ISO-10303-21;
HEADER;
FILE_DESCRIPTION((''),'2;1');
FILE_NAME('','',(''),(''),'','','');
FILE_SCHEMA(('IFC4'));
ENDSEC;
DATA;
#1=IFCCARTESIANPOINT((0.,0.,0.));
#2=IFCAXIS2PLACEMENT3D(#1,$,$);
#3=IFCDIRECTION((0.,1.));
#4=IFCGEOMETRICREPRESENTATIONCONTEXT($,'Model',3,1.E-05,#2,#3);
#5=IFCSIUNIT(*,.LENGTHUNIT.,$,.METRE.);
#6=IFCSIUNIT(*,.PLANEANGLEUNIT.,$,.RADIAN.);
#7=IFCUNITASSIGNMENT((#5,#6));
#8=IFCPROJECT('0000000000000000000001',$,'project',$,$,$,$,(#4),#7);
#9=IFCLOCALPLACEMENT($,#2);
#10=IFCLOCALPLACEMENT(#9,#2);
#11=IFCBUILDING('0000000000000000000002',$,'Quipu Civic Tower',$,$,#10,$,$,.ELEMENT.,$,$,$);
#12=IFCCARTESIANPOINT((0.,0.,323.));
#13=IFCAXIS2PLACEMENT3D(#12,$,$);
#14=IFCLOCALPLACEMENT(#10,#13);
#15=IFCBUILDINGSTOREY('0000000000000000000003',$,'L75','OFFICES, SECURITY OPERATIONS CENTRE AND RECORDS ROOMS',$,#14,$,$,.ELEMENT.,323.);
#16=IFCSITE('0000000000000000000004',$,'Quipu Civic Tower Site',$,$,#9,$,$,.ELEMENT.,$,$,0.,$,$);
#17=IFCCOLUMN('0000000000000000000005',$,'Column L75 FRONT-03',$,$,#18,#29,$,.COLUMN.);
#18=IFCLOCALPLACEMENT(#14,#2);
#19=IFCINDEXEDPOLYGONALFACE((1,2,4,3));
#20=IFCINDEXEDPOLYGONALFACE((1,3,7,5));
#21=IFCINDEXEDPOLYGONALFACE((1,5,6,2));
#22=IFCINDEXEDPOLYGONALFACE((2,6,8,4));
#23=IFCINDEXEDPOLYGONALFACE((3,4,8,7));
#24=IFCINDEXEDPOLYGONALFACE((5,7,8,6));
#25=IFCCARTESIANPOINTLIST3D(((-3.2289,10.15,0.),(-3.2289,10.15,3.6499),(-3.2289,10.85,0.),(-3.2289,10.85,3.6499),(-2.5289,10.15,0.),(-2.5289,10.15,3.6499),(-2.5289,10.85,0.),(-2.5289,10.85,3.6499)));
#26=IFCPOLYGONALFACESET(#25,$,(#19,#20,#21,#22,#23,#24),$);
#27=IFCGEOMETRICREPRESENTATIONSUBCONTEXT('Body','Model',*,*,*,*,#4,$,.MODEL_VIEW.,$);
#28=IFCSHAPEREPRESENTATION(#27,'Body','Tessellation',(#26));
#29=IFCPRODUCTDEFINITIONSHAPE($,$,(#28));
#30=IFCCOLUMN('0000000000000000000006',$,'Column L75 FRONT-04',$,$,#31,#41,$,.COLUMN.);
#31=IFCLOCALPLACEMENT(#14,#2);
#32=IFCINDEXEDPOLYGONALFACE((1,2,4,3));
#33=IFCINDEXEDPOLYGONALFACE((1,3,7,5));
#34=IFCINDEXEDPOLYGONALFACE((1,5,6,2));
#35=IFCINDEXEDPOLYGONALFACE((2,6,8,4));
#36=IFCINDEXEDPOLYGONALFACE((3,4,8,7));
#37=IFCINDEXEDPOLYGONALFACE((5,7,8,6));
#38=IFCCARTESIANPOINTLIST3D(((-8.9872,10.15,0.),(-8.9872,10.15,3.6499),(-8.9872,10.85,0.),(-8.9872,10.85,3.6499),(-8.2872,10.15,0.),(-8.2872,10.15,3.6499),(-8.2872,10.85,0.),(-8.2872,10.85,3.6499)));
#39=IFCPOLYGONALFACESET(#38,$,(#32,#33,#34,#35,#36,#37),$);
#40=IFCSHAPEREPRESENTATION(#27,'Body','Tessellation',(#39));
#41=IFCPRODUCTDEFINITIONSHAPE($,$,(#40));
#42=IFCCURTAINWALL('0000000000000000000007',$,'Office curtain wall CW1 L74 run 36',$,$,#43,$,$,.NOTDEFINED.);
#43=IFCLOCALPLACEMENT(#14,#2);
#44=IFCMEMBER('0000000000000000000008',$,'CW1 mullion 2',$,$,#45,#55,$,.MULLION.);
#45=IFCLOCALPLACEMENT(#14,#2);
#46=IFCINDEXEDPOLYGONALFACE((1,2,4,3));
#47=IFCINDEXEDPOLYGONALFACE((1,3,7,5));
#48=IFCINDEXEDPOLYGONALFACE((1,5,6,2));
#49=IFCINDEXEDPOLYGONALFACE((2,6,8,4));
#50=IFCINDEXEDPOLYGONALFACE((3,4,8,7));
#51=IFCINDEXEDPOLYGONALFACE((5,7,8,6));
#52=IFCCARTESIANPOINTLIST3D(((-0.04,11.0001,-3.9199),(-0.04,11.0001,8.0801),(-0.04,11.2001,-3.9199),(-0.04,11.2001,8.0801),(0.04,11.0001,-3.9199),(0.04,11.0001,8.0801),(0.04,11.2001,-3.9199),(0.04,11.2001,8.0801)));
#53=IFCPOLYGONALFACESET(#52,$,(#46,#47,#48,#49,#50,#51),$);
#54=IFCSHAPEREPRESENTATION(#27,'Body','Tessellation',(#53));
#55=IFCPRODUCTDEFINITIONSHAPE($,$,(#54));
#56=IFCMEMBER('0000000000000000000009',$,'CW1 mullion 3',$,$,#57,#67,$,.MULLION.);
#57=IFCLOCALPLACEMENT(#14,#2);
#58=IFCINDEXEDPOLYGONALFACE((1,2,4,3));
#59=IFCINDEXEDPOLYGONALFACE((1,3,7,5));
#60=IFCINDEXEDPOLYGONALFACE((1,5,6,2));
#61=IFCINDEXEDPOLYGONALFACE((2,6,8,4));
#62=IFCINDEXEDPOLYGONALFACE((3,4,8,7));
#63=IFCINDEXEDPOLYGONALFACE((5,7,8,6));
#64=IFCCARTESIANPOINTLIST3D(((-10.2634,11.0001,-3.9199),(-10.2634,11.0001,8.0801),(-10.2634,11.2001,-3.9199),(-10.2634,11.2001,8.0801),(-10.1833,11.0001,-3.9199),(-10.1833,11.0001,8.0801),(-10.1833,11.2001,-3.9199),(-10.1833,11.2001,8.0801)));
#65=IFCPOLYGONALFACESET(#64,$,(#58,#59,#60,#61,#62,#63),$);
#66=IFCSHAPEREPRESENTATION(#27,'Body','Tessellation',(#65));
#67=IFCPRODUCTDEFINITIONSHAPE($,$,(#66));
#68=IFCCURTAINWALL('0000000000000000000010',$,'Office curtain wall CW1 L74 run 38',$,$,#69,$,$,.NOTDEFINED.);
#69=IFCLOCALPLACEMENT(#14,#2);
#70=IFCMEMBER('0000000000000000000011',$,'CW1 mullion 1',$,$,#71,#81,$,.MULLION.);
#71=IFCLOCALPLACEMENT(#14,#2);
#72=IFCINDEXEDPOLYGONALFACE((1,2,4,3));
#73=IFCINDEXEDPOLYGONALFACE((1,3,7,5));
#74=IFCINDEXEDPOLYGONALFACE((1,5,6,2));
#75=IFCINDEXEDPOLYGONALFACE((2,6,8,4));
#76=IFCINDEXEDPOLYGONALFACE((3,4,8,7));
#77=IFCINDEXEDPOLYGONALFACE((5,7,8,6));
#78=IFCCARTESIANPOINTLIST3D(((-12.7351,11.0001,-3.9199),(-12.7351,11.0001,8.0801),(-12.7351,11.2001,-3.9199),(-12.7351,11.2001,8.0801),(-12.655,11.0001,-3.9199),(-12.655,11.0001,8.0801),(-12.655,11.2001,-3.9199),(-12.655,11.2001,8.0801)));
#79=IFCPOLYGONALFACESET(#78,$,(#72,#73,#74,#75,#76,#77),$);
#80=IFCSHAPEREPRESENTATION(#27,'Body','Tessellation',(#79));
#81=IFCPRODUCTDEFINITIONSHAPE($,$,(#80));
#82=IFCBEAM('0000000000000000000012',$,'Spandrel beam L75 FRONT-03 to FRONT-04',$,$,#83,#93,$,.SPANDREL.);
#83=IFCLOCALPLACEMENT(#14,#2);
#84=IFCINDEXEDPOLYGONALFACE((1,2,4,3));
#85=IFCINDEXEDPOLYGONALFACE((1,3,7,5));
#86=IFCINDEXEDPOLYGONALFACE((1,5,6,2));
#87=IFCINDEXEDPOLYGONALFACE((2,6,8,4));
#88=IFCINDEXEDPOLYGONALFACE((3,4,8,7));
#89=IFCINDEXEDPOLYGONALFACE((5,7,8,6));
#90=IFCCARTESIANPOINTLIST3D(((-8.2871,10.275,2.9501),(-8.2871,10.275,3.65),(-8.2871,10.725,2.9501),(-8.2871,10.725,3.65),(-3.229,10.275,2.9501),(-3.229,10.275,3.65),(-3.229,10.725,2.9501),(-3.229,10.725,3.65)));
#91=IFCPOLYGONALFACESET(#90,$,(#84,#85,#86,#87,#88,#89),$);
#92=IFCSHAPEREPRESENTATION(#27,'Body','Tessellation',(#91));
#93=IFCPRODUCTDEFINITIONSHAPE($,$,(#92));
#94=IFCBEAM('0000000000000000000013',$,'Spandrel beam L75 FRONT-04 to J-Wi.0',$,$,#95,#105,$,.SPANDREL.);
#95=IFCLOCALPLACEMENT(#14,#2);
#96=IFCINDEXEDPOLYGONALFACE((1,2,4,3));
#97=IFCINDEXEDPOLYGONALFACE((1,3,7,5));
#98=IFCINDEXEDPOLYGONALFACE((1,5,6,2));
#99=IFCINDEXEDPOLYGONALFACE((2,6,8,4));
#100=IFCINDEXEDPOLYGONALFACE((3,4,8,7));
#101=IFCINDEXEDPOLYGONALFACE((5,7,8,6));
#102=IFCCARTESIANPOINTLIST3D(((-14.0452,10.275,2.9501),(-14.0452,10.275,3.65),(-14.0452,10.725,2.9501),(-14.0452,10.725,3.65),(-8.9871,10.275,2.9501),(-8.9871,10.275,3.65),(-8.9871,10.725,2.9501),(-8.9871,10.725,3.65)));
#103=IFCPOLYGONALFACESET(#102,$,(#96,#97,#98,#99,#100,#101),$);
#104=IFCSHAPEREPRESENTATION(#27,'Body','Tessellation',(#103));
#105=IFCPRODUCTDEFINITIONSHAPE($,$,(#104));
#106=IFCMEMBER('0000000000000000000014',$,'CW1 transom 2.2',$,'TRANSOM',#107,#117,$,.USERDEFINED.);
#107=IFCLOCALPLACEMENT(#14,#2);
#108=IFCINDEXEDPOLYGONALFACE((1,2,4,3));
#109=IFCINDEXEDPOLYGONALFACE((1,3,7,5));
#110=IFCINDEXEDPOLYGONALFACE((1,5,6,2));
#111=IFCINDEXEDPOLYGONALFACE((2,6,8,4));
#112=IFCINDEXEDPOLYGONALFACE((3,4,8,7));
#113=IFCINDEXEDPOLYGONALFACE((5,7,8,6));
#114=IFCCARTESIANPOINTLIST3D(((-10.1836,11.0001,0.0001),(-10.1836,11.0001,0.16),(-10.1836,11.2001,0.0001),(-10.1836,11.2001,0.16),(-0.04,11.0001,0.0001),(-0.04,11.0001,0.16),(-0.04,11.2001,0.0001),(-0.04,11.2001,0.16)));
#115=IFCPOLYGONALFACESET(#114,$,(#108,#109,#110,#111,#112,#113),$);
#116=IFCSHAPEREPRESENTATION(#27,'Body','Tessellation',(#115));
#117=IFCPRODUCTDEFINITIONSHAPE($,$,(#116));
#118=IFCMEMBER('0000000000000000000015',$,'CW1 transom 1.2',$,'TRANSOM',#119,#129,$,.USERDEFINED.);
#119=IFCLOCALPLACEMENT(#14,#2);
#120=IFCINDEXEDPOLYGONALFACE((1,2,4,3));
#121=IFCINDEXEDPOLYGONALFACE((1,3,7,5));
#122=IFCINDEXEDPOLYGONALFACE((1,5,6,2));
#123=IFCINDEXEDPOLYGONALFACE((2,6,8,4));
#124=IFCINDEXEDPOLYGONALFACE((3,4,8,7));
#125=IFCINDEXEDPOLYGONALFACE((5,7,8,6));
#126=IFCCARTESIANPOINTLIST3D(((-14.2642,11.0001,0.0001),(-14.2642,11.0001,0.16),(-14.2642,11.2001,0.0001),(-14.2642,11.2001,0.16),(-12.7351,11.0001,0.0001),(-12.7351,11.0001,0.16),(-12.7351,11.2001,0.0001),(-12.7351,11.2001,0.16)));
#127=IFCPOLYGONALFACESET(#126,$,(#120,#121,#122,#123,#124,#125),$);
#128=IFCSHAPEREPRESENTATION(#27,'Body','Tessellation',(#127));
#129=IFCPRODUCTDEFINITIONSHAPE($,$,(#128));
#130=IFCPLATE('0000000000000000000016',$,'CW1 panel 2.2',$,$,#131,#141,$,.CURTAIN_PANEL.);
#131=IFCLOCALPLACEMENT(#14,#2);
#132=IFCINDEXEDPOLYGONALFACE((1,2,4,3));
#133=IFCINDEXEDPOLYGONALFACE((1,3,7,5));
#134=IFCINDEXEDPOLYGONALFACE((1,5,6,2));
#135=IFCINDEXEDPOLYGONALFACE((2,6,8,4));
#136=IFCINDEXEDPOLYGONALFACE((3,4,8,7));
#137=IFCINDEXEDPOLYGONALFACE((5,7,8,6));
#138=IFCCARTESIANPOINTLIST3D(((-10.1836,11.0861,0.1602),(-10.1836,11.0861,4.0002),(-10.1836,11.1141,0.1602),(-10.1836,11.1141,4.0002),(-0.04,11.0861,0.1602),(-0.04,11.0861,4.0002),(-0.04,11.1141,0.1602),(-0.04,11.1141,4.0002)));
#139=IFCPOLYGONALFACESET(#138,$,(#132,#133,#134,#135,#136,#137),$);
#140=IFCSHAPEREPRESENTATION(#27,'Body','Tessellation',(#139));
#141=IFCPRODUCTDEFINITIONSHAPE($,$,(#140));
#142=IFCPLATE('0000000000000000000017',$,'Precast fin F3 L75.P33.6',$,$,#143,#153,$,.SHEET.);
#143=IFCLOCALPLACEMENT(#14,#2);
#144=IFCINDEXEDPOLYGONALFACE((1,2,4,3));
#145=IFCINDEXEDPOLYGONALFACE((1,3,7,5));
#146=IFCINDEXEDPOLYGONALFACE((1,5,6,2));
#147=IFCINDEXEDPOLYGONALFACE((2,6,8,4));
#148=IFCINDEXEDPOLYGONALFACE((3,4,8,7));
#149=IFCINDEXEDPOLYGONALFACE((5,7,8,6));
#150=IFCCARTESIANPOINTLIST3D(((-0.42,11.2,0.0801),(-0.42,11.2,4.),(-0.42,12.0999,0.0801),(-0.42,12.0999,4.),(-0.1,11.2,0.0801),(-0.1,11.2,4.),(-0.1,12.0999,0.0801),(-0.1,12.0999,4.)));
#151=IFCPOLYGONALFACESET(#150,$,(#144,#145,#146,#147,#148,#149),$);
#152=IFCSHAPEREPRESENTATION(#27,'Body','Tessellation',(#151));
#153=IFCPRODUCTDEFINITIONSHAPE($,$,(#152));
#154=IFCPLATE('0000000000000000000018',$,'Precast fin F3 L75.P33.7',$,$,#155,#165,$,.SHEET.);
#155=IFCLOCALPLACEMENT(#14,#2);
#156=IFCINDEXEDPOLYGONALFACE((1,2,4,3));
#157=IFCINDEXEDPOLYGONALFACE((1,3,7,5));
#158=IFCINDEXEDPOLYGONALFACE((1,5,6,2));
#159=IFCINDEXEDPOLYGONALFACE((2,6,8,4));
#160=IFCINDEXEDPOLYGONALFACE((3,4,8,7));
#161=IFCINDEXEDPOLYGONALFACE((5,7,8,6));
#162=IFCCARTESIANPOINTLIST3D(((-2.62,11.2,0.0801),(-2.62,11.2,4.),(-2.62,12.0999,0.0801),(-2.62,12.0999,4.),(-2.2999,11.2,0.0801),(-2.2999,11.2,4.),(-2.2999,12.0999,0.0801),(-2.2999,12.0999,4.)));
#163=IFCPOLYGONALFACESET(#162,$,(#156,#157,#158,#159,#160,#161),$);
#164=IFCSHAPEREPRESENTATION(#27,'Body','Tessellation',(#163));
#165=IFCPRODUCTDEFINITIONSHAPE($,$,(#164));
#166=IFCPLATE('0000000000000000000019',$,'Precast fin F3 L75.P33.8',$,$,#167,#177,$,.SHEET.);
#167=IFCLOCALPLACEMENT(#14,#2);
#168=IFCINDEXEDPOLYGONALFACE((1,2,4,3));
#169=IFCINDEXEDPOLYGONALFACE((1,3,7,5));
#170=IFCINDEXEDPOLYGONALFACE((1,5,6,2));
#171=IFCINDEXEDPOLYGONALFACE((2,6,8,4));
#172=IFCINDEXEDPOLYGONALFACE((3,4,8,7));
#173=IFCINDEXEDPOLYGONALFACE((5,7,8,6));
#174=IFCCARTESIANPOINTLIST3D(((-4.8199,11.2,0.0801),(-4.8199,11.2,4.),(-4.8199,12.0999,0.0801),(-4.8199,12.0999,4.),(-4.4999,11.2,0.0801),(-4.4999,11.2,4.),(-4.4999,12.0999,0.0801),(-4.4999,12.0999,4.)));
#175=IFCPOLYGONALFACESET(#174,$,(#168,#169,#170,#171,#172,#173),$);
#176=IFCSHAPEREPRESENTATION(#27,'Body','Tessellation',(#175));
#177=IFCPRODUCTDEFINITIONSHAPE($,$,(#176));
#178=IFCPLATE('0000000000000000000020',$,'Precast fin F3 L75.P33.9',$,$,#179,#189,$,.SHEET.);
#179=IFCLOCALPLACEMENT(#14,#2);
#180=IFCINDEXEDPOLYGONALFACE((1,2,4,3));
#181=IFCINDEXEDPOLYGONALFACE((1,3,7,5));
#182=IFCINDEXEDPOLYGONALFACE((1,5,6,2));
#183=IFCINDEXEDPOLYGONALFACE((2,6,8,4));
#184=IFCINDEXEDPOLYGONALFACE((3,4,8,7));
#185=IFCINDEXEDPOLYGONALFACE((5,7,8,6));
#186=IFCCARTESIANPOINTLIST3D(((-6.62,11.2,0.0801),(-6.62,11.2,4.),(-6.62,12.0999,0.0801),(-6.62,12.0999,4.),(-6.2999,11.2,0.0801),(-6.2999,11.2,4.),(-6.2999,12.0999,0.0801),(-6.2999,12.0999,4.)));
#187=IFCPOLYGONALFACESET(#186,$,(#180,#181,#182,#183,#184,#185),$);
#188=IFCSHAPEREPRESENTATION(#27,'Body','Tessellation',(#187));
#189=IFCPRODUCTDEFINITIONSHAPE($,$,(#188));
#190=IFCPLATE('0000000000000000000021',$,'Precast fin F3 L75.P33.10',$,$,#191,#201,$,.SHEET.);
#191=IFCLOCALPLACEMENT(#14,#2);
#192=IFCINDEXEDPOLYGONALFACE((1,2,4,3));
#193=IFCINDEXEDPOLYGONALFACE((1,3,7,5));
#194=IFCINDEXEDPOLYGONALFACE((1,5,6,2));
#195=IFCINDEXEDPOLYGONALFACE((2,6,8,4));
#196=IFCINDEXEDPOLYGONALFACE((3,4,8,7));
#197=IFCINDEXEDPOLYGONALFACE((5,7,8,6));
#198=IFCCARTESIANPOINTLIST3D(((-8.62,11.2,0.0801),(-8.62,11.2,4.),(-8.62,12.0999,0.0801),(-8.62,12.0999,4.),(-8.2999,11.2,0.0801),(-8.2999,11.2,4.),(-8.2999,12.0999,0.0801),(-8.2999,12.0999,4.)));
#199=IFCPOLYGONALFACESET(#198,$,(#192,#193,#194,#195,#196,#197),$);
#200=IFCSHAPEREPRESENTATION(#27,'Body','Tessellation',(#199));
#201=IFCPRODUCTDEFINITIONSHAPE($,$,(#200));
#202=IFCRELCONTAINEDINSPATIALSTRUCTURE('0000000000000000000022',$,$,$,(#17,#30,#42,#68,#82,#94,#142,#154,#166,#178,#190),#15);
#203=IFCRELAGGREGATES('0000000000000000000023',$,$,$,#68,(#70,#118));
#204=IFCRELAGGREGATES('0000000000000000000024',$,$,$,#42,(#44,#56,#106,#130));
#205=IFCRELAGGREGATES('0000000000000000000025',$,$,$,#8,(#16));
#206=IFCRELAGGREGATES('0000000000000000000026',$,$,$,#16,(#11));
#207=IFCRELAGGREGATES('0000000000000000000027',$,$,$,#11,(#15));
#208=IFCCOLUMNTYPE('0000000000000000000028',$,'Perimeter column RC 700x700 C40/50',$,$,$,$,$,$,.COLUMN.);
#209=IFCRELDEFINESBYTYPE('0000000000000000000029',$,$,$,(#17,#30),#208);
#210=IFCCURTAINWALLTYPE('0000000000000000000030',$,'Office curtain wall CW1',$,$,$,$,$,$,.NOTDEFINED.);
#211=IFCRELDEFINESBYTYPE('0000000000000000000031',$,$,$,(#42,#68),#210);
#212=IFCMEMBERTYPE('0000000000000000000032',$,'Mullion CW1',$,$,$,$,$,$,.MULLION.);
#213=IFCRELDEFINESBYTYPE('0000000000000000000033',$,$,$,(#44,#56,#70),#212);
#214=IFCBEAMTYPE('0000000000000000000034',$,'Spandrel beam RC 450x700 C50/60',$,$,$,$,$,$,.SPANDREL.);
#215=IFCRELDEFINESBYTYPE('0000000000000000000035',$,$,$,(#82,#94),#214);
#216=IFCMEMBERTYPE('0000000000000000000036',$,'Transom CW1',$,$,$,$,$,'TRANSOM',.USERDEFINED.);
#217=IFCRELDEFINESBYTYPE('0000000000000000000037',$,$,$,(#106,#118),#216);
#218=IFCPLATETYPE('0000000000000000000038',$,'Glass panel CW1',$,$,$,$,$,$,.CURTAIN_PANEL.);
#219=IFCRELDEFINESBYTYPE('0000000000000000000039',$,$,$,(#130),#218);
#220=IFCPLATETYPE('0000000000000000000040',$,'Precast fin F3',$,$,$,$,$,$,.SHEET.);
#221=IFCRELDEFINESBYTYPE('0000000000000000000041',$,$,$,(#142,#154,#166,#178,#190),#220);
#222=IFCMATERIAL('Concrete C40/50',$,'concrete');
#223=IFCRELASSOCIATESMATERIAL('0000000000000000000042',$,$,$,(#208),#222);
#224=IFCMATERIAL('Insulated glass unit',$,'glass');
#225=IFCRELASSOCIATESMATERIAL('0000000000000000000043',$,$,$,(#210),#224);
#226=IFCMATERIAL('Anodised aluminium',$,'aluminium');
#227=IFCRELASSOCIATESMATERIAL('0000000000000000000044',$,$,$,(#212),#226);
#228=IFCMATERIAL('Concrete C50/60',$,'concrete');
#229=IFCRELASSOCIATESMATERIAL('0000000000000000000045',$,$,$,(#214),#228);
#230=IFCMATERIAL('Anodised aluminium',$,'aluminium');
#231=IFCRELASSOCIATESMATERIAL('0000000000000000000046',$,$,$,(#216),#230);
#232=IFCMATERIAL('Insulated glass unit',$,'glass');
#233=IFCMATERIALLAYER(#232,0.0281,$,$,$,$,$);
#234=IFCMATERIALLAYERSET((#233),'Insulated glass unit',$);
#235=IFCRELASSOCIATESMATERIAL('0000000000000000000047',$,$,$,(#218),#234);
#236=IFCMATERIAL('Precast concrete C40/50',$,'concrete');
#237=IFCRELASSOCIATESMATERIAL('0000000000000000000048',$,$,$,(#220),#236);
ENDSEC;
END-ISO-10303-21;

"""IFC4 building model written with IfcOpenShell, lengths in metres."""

from ifc_helpers import new_model, si_unit, direction, frame, origin, origin_2d, place, context, subcontext, project, spatial, rectangle, extrude, material, layer, layer_set, material_profile, profile_set, type_object, element, aggregate, save


model = new_model("IFC4")

# Units and contexts
model_context = context("Model", 3, precision=1e-05, world=origin(), true_north=direction((0.0, 1.0)))
body_context = subcontext(model_context, "Body", "Model", "MODEL_VIEW")
ifc_project = project(units=[si_unit("LENGTHUNIT", "METRE"), si_unit("PLANEANGLEUNIT", "RADIAN")], contexts=[model_context])

# Site, building, storey
site_placement = place(None, origin())
site = spatial("IfcSite", under=ifc_project, at=site_placement, Name="Quipu Civic Tower Site", CompositionType="ELEMENT", RefElevation=0.0)
building_placement = place(site_placement, origin())
building = spatial("IfcBuilding", under=site, at=building_placement, Name="Quipu Civic Tower", CompositionType="ELEMENT")
storey_placement = place(building_placement, frame((0.0, 0.0, 323.0)))
storey = spatial("IfcBuildingStorey", under=building, at=storey_placement, Name="L75", Description="OFFICES, SECURITY OPERATIONS CENTRE AND RECORDS ROOMS", CompositionType="ELEMENT", Elevation=323.0)

# Columns
ifc_material_1 = material(Name="Concrete C40/50", Category="concrete")
ifc_material_profile_1 = material_profile(ifc_material_1, rectangle(XDim=0.7, YDim=0.7, at=origin_2d()), Name="RC700x700")
ifc_profile_set_1 = profile_set([ifc_material_profile_1], Name="Concrete C40/50")
column_type = type_object("IfcColumnType", Name="Perimeter column RC 700x700 C40/50", PredefinedType="COLUMN", material=ifc_profile_set_1)
for number, where, z_axis, x_axis, name in (
    (1, (-2.8789, 10.5, 0.0), (0.0, 0.0, 1.0), (-1.0, 0.0, 0.0), "Column L75 FRONT-03"),
    (2, (-8.6372, 10.5, 0.0), (0.0, 0.0, 1.0), (-1.0, 0.0, 0.0), "Column L75 FRONT-04"),
):
    element("IfcColumn", number, at=place(storey_placement, frame(where, z_axis=z_axis, x_axis=x_axis)), inside=storey, type_object=column_type, Name=name, PredefinedType="COLUMN", context=body_context, shape_type="SweptSolid", body=[
        extrude(rectangle(XDim=0.7, YDim=0.7, at=origin_2d()), origin(), (0.0, 0.0, 1.0), 3.6499),
    ])

# Curtain wall, members
ifc_material_2 = material(Name="Insulated glass unit", Category="glass")
curtain_wall_type = type_object("IfcCurtainWallType", Name="Office curtain wall CW1", PredefinedType="NOTDEFINED", material=ifc_material_2)
curtain_wall_1_placement = place(storey_placement, origin())
curtain_wall_1 = element("IfcCurtainWall", 3, at=curtain_wall_1_placement, inside=storey, type_object=curtain_wall_type, Name="Office curtain wall CW1 L74 run 36", PredefinedType="NOTDEFINED")
ifc_material_3 = material(Name="Anodised aluminium", Category="aluminium")
ifc_material_profile_2 = material_profile(ifc_material_3, rectangle(XDim=0.2, YDim=0.0801, at=origin_2d()), Name="RECT 200x80")
ifc_profile_set_2 = profile_set([ifc_material_profile_2], Name="Anodised aluminium")
member_type_1 = type_object("IfcMemberType", Name="Mullion CW1", PredefinedType="MULLION", material=ifc_profile_set_2)
member_1_placement = place(storey_placement, frame((0.0, 11.1001, -3.9199), z_axis=(0.0, 0.0, 1.0), x_axis=(0.0, -1.0, 0.0)))
member_1 = element("IfcMember", 4, at=member_1_placement, type_object=member_type_1, Name="CW1 mullion 2", PredefinedType="MULLION", context=body_context, shape_type="SweptSolid", body=[
    extrude(rectangle(XDim=0.2, YDim=0.0801, at=origin_2d()), origin(), (0.0, 0.0, 1.0), 12.0),
])
member_2_placement = place(storey_placement, frame((-10.2234, 11.1001, -3.9199), z_axis=(0.0, 0.0, 1.0), x_axis=(0.0, -1.0, 0.0)))
member_2 = element("IfcMember", 5, at=member_2_placement, type_object=member_type_1, Name="CW1 mullion 3", PredefinedType="MULLION", context=body_context, shape_type="SweptSolid", body=[
    extrude(rectangle(XDim=0.2, YDim=0.0801, at=origin_2d()), origin(), (0.0, 0.0, 1.0), 12.0),
])

# Curtain wall, member
curtain_wall_2_placement = place(storey_placement, origin())
curtain_wall_2 = element("IfcCurtainWall", 6, at=curtain_wall_2_placement, inside=storey, type_object=curtain_wall_type, Name="Office curtain wall CW1 L74 run 38", PredefinedType="NOTDEFINED")
member_3_placement = place(storey_placement, frame((-12.6951, 11.1001, -3.9199), z_axis=(0.0, 0.0, 1.0), x_axis=(0.0, -1.0, 0.0)))
member_3 = element("IfcMember", 7, at=member_3_placement, type_object=member_type_1, Name="CW1 mullion 1", PredefinedType="MULLION", context=body_context, shape_type="SweptSolid", body=[
    extrude(rectangle(XDim=0.2, YDim=0.0801, at=origin_2d()), origin(), (0.0, 0.0, 1.0), 12.0),
])

# Beams
ifc_material_4 = material(Name="Concrete C50/60", Category="concrete")
ifc_material_profile_3 = material_profile(ifc_material_4, rectangle(XDim=0.45, YDim=0.7, at=origin_2d()), Name="RC450x700")
ifc_profile_set_3 = profile_set([ifc_material_profile_3], Name="Concrete C50/60")
beam_type = type_object("IfcBeamType", Name="Spandrel beam RC 450x700 C50/60", PredefinedType="SPANDREL", material=ifc_profile_set_3)
for number, where, z_axis, x_axis, name in (
    (8, (-3.229, 10.5, 3.3), (-1.0, 0.0, 0.0), (0.0, -1.0, 0.0), "Spandrel beam L75 FRONT-03 to FRONT-04"),
    (9, (-8.9871, 10.5, 3.3), (-1.0, 0.0, 0.0), (0.0, -1.0, 0.0), "Spandrel beam L75 FRONT-04 to J-Wi.0"),
):
    element("IfcBeam", number, at=place(storey_placement, frame(where, z_axis=z_axis, x_axis=x_axis)), inside=storey, type_object=beam_type, Name=name, PredefinedType="SPANDREL", context=body_context, shape_type="SweptSolid", body=[
        extrude(rectangle(XDim=0.45, YDim=0.7, at=origin_2d()), origin(), (0.0, 0.0, 1.0), 5.0581),
    ])

# Members
ifc_material_5 = material(Name="Anodised aluminium", Category="aluminium")
ifc_material_profile_4 = material_profile(ifc_material_5, rectangle(XDim=0.2, YDim=0.1599, at=origin_2d()), Name="RECT 200x160")
ifc_profile_set_4 = profile_set([ifc_material_profile_4], Name="Anodised aluminium")
member_type_2 = type_object("IfcMemberType", Name="Transom CW1", ElementType="TRANSOM", PredefinedType="USERDEFINED", material=ifc_profile_set_4)
member_4_placement = place(storey_placement, frame((-0.04, 11.1001, 0.0801), z_axis=(-1.0, 0.0, 0.0), x_axis=(0.0, -1.0, 0.0)))
member_4 = element("IfcMember", 10, at=member_4_placement, type_object=member_type_2, Name="CW1 transom 2.2", ObjectType="TRANSOM", PredefinedType="USERDEFINED", context=body_context, shape_type="SweptSolid", body=[
    extrude(rectangle(XDim=0.2, YDim=0.1599, at=origin_2d()), origin(), (0.0, 0.0, 1.0), 10.1436),
])
member_5_placement = place(storey_placement, frame((-12.7351, 11.1001, 0.0801), z_axis=(-1.0, 0.0, 0.0), x_axis=(0.0, -1.0, 0.0)))
member_5 = element("IfcMember", 11, at=member_5_placement, type_object=member_type_2, Name="CW1 transom 1.2", ObjectType="TRANSOM", PredefinedType="USERDEFINED", context=body_context, shape_type="SweptSolid", body=[
    extrude(rectangle(XDim=0.2, YDim=0.1599, at=origin_2d()), origin(), (0.0, 0.0, 1.0), 1.5291),
])
aggregate(curtain_wall_2, [member_3, member_5])

# Plate
ifc_material_6 = material(Name="Insulated glass unit", Category="glass")
ifc_layer_1 = layer(ifc_material_6, 0.0281)
ifc_layer_set_1 = layer_set([ifc_layer_1], Name="Insulated glass unit")
plate_type_1 = type_object("IfcPlateType", Name="Glass panel CW1", PredefinedType="CURTAIN_PANEL", material=ifc_layer_set_1)
plate_placement = place(storey_placement, frame((-5.1118, 11.1001, 0.1602), z_axis=(0.0, 0.0, 1.0), x_axis=(-1.0, 0.0, 0.0)))
plate = element("IfcPlate", 12, at=plate_placement, type_object=plate_type_1, Name="CW1 panel 2.2", PredefinedType="CURTAIN_PANEL", context=body_context, shape_type="SweptSolid", body=[
    extrude(rectangle(XDim=10.1436, YDim=0.0281, at=origin_2d()), origin(), (0.0, 0.0, 1.0), 3.8401),
])
aggregate(curtain_wall_1, [member_1, member_2, member_4, plate])

# Plates
ifc_material_7 = material(Name="Precast concrete C40/50", Category="concrete")
plate_type_2 = type_object("IfcPlateType", Name="Precast fin F3", PredefinedType="SHEET", material=ifc_material_7)
for number, where, z_axis, x_axis, name in (
    (13, (-0.26, 11.6499, 0.0801), (0.0, 0.0, 1.0), (-1.0, 0.0, 0.0), "Precast fin F3 L75.P33.6"),
    (14, (-2.46, 11.6499, 0.0801), (0.0, 0.0, 1.0), (-1.0, 0.0, 0.0), "Precast fin F3 L75.P33.7"),
    (15, (-4.6599, 11.6499, 0.0801), (0.0, 0.0, 1.0), (-1.0, 0.0, 0.0), "Precast fin F3 L75.P33.8"),
    (16, (-6.46, 11.6499, 0.0801), (0.0, 0.0, 1.0), (-1.0, 0.0, 0.0), "Precast fin F3 L75.P33.9"),
    (17, (-8.46, 11.6499, 0.0801), (0.0, 0.0, 1.0), (-1.0, 0.0, 0.0), "Precast fin F3 L75.P33.10"),
):
    element("IfcPlate", number, at=place(storey_placement, frame(where, z_axis=z_axis, x_axis=x_axis)), inside=storey, type_object=plate_type_2, Name=name, PredefinedType="SHEET", context=body_context, shape_type="SweptSolid", body=[
        extrude(rectangle(XDim=0.3201, YDim=0.8999, at=origin_2d()), origin(), (0.0, 0.0, 1.0), 3.9199),
    ])

save(model, "model.ifc")
